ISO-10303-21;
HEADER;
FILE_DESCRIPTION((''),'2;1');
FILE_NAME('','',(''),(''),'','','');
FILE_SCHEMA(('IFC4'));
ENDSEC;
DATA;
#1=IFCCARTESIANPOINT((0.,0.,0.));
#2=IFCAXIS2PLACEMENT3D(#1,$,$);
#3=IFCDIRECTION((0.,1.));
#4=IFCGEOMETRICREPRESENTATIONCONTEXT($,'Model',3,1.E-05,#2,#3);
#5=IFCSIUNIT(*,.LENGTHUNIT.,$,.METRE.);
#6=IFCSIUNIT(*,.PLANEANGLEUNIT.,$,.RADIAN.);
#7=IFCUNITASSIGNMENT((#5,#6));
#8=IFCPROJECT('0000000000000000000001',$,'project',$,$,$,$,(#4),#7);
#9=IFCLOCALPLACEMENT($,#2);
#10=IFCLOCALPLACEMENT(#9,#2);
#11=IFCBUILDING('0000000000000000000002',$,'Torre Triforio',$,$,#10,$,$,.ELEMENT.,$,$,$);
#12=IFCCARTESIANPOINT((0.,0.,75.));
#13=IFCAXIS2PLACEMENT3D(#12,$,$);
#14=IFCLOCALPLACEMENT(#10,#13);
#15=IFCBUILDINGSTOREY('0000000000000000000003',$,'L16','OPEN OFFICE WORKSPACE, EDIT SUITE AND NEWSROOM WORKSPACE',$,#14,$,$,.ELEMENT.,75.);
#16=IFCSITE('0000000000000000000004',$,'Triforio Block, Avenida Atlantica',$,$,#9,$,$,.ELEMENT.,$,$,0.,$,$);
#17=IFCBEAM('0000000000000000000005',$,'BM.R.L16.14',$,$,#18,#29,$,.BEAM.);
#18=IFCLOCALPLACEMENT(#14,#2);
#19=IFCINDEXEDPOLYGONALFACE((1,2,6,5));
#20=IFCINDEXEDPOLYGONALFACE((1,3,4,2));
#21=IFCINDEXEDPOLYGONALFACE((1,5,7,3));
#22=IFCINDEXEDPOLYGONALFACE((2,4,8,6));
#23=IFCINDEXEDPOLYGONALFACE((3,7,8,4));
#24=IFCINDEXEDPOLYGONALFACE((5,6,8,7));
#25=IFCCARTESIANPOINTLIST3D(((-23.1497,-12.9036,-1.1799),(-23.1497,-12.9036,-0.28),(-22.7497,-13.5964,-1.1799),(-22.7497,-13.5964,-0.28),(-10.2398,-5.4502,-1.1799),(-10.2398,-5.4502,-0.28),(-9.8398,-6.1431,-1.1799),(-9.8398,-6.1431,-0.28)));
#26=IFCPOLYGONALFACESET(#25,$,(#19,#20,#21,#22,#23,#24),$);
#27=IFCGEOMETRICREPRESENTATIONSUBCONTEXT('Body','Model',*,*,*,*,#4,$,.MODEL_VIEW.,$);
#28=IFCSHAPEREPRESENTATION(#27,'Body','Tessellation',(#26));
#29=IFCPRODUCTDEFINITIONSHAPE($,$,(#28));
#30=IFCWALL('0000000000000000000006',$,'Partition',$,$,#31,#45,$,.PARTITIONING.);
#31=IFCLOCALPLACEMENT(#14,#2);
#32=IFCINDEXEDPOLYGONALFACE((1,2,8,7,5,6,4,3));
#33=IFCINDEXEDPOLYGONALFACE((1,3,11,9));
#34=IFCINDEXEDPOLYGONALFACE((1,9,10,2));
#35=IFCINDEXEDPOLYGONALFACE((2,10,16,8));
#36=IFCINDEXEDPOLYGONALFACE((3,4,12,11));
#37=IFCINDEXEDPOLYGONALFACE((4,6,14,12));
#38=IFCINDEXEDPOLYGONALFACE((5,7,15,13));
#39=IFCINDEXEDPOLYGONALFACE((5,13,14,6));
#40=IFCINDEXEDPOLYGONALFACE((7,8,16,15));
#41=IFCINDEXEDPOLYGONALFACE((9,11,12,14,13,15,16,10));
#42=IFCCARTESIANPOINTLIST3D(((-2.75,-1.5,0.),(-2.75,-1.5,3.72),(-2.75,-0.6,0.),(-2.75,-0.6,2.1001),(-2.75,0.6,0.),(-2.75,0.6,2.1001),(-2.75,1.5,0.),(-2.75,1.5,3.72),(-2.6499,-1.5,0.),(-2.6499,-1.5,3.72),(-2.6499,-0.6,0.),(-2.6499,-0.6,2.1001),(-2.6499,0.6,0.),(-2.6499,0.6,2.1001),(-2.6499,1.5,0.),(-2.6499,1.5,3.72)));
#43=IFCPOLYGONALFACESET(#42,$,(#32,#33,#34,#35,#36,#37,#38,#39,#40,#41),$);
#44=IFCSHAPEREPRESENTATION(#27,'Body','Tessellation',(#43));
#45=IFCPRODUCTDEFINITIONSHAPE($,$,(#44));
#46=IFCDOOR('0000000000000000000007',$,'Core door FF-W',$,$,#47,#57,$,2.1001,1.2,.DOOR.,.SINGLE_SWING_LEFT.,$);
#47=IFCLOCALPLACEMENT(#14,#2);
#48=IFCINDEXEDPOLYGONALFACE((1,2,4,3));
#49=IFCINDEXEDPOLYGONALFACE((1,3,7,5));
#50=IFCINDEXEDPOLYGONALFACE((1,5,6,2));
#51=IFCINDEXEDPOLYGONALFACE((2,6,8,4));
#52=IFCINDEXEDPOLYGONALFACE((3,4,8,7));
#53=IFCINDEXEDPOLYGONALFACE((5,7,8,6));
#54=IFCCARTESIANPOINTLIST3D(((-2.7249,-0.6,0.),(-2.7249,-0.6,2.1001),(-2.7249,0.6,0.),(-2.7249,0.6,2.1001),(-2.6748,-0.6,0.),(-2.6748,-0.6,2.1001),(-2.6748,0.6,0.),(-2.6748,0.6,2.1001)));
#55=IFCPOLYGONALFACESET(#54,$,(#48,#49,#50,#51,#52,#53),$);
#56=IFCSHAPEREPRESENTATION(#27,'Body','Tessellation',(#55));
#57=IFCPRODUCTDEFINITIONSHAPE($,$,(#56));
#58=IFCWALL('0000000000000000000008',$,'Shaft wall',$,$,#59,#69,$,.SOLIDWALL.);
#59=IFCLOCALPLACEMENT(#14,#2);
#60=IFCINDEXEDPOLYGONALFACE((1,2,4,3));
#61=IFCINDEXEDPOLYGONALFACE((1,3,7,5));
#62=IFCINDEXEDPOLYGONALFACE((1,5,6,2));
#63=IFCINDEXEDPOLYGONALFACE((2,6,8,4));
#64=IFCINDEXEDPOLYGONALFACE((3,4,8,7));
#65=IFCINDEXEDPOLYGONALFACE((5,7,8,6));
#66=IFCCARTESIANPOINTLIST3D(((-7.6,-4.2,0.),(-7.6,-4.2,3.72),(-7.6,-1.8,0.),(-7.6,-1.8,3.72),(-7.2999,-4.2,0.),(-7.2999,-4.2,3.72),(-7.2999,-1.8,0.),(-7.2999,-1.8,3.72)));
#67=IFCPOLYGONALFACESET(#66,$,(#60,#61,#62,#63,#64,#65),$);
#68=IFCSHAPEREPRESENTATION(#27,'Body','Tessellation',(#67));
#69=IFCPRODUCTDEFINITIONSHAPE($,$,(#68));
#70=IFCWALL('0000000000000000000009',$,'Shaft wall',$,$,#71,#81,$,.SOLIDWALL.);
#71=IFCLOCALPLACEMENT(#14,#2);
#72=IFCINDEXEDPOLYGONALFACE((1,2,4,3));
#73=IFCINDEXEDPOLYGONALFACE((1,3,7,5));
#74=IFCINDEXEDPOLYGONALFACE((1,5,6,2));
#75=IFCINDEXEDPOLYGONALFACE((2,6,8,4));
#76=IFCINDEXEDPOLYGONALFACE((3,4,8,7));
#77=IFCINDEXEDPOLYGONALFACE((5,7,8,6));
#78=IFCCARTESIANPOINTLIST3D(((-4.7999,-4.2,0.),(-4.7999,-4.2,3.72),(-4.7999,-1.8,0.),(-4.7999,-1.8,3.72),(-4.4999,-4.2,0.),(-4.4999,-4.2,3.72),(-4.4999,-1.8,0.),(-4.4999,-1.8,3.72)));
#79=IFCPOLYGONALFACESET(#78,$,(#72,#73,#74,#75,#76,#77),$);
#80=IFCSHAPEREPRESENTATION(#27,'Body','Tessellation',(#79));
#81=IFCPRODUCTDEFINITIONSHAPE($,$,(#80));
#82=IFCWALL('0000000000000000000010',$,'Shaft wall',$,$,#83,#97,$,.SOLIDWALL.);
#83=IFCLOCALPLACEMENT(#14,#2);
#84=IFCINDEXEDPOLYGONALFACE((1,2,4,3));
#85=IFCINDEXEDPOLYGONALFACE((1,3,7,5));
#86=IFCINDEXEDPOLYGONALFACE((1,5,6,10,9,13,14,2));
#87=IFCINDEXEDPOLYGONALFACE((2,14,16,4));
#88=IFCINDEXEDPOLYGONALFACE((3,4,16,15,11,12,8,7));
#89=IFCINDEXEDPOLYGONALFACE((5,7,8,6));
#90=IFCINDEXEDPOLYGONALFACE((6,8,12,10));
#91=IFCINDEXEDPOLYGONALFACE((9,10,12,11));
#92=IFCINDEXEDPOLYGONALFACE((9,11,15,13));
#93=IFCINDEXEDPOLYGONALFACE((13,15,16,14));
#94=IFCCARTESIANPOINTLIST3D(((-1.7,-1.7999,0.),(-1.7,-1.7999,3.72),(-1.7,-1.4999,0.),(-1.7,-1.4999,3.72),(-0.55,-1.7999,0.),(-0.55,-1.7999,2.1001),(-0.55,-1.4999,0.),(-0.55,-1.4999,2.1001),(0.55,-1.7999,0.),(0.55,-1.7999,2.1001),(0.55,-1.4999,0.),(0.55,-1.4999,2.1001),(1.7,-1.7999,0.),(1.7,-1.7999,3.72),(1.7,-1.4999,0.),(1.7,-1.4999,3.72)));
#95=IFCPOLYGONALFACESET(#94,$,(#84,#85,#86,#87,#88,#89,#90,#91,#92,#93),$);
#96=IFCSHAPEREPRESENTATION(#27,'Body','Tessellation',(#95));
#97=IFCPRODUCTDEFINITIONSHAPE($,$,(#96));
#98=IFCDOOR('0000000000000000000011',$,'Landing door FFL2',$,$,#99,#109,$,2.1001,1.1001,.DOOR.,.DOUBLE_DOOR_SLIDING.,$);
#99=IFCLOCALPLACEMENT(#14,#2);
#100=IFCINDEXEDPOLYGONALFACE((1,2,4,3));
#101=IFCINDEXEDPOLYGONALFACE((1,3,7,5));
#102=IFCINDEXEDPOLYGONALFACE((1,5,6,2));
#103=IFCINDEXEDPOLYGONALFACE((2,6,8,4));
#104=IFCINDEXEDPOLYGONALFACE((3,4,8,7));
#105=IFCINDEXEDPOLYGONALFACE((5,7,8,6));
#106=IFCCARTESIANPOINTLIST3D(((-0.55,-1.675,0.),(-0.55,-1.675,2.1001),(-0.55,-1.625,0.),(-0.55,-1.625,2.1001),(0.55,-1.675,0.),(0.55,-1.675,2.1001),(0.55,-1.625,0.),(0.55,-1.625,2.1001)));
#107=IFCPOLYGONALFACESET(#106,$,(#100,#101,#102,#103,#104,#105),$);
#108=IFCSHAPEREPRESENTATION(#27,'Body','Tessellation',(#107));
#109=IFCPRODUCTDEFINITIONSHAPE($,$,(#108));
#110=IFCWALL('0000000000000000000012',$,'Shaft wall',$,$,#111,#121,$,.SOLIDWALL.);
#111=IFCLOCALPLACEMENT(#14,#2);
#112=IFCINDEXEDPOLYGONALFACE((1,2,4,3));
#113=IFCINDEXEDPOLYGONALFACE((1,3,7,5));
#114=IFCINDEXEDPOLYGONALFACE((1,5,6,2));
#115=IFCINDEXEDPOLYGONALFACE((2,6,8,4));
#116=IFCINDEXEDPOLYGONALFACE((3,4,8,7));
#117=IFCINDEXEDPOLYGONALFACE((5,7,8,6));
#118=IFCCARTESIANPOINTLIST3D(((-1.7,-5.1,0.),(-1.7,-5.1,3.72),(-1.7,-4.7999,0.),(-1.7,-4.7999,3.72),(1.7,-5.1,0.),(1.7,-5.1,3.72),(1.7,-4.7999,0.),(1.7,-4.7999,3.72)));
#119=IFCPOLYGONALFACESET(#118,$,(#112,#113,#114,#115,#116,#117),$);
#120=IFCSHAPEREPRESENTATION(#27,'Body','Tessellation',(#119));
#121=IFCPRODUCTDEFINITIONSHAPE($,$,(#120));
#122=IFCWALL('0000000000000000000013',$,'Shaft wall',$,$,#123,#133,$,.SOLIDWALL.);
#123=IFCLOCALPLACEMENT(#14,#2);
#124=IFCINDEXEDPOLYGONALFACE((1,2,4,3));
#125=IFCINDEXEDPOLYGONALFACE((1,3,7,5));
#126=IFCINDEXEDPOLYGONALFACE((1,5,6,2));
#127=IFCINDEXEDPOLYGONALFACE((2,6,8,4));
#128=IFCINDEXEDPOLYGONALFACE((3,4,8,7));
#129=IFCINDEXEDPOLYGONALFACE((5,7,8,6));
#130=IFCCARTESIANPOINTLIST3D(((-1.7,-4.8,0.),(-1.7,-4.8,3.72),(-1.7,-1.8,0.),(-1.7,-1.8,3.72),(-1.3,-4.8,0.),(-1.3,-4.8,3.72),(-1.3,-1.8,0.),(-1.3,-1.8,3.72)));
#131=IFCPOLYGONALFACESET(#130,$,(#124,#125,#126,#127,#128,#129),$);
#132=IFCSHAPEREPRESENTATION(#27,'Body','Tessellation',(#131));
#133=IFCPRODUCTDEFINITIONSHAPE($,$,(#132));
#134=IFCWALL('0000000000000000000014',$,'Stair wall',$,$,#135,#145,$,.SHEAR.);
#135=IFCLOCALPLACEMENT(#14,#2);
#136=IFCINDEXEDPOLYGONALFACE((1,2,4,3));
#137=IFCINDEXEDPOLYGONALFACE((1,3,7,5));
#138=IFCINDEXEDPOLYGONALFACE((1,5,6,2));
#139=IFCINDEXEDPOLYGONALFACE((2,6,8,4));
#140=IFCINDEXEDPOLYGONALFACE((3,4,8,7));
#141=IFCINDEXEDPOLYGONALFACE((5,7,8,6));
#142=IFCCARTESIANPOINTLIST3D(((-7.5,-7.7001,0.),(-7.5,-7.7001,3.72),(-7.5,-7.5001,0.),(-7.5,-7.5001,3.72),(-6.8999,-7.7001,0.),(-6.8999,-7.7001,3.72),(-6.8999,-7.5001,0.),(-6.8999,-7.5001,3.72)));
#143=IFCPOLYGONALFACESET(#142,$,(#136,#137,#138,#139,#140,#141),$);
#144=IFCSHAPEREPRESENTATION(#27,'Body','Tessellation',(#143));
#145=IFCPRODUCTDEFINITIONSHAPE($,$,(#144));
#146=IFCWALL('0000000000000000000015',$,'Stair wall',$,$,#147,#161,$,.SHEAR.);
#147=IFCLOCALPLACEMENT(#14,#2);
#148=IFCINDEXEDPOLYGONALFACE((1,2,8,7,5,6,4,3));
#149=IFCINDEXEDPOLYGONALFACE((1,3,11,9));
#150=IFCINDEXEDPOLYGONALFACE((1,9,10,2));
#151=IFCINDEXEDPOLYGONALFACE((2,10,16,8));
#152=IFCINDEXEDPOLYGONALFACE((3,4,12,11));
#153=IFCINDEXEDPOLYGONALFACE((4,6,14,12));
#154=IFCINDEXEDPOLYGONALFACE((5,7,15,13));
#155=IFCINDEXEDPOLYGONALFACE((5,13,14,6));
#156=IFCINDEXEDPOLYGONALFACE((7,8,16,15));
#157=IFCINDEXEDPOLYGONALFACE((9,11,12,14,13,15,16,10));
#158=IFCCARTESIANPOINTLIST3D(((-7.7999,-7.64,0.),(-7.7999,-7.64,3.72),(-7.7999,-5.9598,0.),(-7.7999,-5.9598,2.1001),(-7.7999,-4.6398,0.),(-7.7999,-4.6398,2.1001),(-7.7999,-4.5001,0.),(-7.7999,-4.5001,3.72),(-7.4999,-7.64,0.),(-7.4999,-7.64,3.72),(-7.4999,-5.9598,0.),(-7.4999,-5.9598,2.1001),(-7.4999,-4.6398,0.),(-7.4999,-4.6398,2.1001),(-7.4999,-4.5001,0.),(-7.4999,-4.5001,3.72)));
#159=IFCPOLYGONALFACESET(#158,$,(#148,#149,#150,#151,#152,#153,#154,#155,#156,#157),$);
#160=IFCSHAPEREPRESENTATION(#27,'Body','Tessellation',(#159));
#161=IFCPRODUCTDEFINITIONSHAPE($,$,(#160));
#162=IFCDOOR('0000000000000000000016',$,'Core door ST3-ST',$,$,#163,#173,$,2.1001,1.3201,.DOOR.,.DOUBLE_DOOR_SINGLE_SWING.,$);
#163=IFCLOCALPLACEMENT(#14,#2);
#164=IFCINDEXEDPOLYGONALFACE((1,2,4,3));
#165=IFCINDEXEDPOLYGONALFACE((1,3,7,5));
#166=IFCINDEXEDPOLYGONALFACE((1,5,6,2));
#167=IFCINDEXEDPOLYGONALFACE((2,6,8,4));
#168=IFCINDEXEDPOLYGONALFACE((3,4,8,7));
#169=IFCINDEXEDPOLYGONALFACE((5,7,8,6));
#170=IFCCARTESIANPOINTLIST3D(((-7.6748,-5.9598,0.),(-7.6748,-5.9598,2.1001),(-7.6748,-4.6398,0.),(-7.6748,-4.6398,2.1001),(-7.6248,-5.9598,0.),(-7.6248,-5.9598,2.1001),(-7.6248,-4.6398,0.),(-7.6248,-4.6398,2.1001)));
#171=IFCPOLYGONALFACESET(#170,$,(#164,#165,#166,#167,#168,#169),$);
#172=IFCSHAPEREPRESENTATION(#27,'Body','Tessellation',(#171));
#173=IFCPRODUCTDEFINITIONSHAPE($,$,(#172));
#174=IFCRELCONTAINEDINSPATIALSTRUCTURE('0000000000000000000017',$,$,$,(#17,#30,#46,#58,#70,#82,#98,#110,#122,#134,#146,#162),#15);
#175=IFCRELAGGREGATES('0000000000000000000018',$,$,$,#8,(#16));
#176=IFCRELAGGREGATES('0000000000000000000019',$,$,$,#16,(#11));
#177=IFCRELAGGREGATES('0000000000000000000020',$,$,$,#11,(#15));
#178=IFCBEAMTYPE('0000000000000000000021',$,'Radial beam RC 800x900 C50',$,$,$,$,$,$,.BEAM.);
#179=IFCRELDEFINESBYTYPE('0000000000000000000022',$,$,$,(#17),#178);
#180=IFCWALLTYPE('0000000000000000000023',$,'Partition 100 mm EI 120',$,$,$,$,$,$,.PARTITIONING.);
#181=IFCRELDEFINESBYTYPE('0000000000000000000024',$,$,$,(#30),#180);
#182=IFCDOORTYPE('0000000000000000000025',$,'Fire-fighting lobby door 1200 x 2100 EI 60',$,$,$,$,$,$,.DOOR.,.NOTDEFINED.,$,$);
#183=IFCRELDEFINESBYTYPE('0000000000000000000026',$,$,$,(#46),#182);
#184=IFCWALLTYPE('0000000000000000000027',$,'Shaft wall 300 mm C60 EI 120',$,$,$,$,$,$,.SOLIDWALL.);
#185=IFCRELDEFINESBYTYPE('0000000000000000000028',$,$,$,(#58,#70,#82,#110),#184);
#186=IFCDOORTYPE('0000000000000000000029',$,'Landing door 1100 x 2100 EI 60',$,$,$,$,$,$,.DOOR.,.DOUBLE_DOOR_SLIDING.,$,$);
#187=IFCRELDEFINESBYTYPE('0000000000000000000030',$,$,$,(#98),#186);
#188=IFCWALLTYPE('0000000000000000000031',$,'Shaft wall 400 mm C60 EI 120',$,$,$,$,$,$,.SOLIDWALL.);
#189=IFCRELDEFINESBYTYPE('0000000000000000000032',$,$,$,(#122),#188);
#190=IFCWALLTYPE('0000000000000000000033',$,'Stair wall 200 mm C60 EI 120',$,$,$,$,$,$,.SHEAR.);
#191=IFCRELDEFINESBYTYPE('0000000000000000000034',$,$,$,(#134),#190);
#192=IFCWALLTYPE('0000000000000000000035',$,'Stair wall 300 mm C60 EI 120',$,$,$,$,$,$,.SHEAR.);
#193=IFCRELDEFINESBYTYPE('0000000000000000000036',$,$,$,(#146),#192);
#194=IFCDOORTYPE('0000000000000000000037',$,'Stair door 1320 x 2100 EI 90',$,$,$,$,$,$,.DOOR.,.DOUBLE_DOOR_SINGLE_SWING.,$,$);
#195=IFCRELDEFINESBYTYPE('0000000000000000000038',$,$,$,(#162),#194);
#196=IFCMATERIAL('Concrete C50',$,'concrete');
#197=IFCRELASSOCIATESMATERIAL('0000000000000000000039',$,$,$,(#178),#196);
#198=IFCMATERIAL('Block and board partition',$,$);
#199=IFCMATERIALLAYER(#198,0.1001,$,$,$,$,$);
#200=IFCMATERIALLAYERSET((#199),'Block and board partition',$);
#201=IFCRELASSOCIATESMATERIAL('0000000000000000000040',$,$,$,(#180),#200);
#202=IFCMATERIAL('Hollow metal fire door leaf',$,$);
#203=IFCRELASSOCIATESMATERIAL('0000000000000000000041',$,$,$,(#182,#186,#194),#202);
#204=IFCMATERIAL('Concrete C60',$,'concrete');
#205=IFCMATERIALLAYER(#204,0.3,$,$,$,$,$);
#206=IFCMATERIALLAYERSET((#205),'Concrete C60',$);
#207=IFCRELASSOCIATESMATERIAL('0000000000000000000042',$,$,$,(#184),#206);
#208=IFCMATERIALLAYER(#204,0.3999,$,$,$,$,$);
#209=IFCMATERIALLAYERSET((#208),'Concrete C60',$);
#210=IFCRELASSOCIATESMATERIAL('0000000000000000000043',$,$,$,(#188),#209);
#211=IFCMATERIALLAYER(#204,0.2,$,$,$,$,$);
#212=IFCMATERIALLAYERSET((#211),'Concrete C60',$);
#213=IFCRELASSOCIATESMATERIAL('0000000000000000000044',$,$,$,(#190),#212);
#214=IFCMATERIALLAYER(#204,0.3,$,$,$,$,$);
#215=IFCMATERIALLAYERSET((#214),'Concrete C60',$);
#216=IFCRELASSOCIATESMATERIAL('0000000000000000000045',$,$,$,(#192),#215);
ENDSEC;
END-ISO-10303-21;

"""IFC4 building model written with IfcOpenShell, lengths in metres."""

from ifc_helpers import new_model, si_unit, direction, frame, frame_2d, origin, origin_2d, place, context, subcontext, project, spatial, rectangle, extrude, material, layer, layer_set, material_profile, profile_set, type_object, element, fill, save


model = new_model("IFC4")

# Units and contexts
model_context = context("Model", 3, precision=1e-05, world=origin(), true_north=direction((0.0, 1.0)))
body_context = subcontext(model_context, "Body", "Model", "MODEL_VIEW")
ifc_project = project(units=[si_unit("LENGTHUNIT", "METRE"), si_unit("PLANEANGLEUNIT", "RADIAN")], contexts=[model_context])

# Site, building, storey
site_placement = place(None, origin())
site = spatial("IfcSite", under=ifc_project, at=site_placement, Name="Triforio Block, Avenida Atlantica", CompositionType="ELEMENT", RefElevation=0.0)
building_placement = place(site_placement, origin())
building = spatial("IfcBuilding", under=site, at=building_placement, Name="Torre Triforio", CompositionType="ELEMENT")
storey_placement = place(building_placement, frame((0.0, 0.0, 75.0)))
storey = spatial("IfcBuildingStorey", under=building, at=storey_placement, Name="L16", Description="OPEN OFFICE WORKSPACE, EDIT SUITE AND NEWSROOM WORKSPACE", CompositionType="ELEMENT", Elevation=75.0)

# Beam
ifc_material_1 = material(Name="Concrete C50", Category="concrete")
ifc_material_profile = material_profile(ifc_material_1, rectangle(XDim=0.8, YDim=0.8999, at=origin_2d()), Name="RC 800x900")
ifc_profile_set = profile_set([ifc_material_profile], Name="Concrete C50")
beam_type = type_object("IfcBeamType", Name="Radial beam RC 800x900 C50", PredefinedType="BEAM", material=ifc_profile_set)
beam_placement = place(storey_placement, frame((-10.0398, -5.7966, -0.73), z_axis=(-0.86603, -0.499991, 0.0), x_axis=(0.499991, -0.86603, 0.0)))
element("IfcBeam", 1, at=beam_placement, inside=storey, type_object=beam_type, Name="BM.R.L16.14", PredefinedType="BEAM", context=body_context, shape_type="SweptSolid", body=[
    extrude(rectangle(XDim=0.8, YDim=0.8999, at=origin_2d()), origin(), (0.0, 0.0, 1.0), 14.907),
])

# Wall, opening, door
ifc_material_2 = material(Name="Block and board partition")
ifc_layer_1 = layer(ifc_material_2, 0.1001)
ifc_layer_set_1 = layer_set([ifc_layer_1], Name="Block and board partition")
wall_type_1 = type_object("IfcWallType", Name="Partition 100 mm EI 120", PredefinedType="PARTITIONING", material=ifc_layer_set_1)
wall_1_placement = place(storey_placement, frame((-2.7, -1.5, 0.0), z_axis=(0.0, 0.0, 1.0), x_axis=(0.0, 1.0, 0.0)))
wall_1 = element("IfcWall", 2, at=wall_1_placement, inside=storey, type_object=wall_type_1, Name="Partition", PredefinedType="PARTITIONING", context=body_context, shape_type="SweptSolid", body=[
    extrude(rectangle(XDim=3.0, YDim=0.1001, at=frame_2d((1.5, 0.0))), origin(), (0.0, 0.0, 1.0), 3.72),
])
opening_1_placement = place(wall_1_placement, frame((0.8999, 0.0, 0.0)))
opening_1 = element("IfcOpeningElement", 3, at=opening_1_placement, cuts=wall_1, PredefinedType="OPENING", context=body_context, shape_type="SweptSolid", body=[
    extrude(rectangle(XDim=1.2, YDim=2.1001, at=frame_2d((0.6001, 1.05))), frame((0.0, 0.0601, 0.0), z_axis=(0.0, -1.0, 0.0), x_axis=(1.0, 0.0, 0.0)), (0.0, 0.0, 1.0), 0.1201),
])
ifc_material_3 = material(Name="Hollow metal fire door leaf")
door_type_1 = type_object("IfcDoorType", Name="Fire-fighting lobby door 1200 x 2100 EI 60", OperationType="NOTDEFINED", PredefinedType="DOOR", material=ifc_material_3)
door_1_placement = place(opening_1_placement, origin())
door_1 = element("IfcDoor", 4, at=door_1_placement, inside=storey, type_object=door_type_1, Name="Core door FF-W", OperationType="SINGLE_SWING_LEFT", OverallHeight=2.1001, OverallWidth=1.2, PredefinedType="DOOR", context=body_context, shape_type="SweptSolid", body=[
    extrude(rectangle(XDim=1.2, YDim=2.1001, at=frame_2d((0.6001, 1.05))), frame((0.0, 0.0249, 0.0), z_axis=(0.0, -1.0, 0.0), x_axis=(1.0, 0.0, 0.0)), (0.0, 0.0, 1.0), 0.05),
])
fill(opening_1, door_1)

# Walls
ifc_material_4 = material(Name="Concrete C60", Category="concrete")
ifc_layer_2 = layer(ifc_material_4, 0.3)
ifc_layer_set_2 = layer_set([ifc_layer_2], Name="Concrete C60")
wall_type_2 = type_object("IfcWallType", Name="Shaft wall 300 mm C60 EI 120", PredefinedType="SOLIDWALL", material=ifc_layer_set_2)
for number, where, z_axis, x_axis, name in (
    (5, (-7.45, -4.2, 0.0), (0.0, 0.0, 1.0), (0.0, 1.0, 0.0), "Shaft wall"),
    (6, (-4.6499, -4.2, 0.0), (0.0, 0.0, 1.0), (0.0, 1.0, 0.0), "Shaft wall"),
):
    element("IfcWall", number, at=place(storey_placement, frame(where, z_axis=z_axis, x_axis=x_axis)), inside=storey, type_object=wall_type_2, Name=name, PredefinedType="SOLIDWALL", context=body_context, shape_type="SweptSolid", body=[
        extrude(rectangle(XDim=2.3999, YDim=0.3, at=frame_2d((1.2, 0.0))), origin(), (0.0, 0.0, 1.0), 3.72),
    ])

# Wall, opening, door
wall_2_placement = place(storey_placement, frame((-1.7, -1.6499, 0.0), z_axis=(0.0, 0.0, 1.0), x_axis=(1.0, 0.0, 0.0)))
wall_2 = element("IfcWall", 7, at=wall_2_placement, inside=storey, type_object=wall_type_2, Name="Shaft wall", PredefinedType="SOLIDWALL", context=body_context, shape_type="SweptSolid", body=[
    extrude(rectangle(XDim=3.3999, YDim=0.3, at=frame_2d((1.7, 0.0))), origin(), (0.0, 0.0, 1.0), 3.72),
])
opening_2_placement = place(wall_2_placement, frame((1.1499, 0.0, 0.0)))
opening_2 = element("IfcOpeningElement", 8, at=opening_2_placement, cuts=wall_2, PredefinedType="OPENING", context=body_context, shape_type="SweptSolid", body=[
    extrude(rectangle(XDim=1.1001, YDim=2.1001, at=frame_2d((0.55, 1.05))), frame((0.0, 0.1599, 0.0), z_axis=(0.0, -1.0, 0.0), x_axis=(1.0, 0.0, 0.0)), (0.0, 0.0, 1.0), 0.3201),
])
door_type_2 = type_object("IfcDoorType", Name="Landing door 1100 x 2100 EI 60", OperationType="DOUBLE_DOOR_SLIDING", PredefinedType="DOOR", material=ifc_material_3)
door_2_placement = place(opening_2_placement, origin())
door_2 = element("IfcDoor", 9, at=door_2_placement, inside=storey, type_object=door_type_2, Name="Landing door FFL2", OperationType="DOUBLE_DOOR_SLIDING", OverallHeight=2.1001, OverallWidth=1.1001, PredefinedType="DOOR", context=body_context, shape_type="SweptSolid", body=[
    extrude(rectangle(XDim=1.1001, YDim=2.1001, at=frame_2d((0.55, 1.05))), frame((0.0, 0.0249, 0.0), z_axis=(0.0, -1.0, 0.0), x_axis=(1.0, 0.0, 0.0)), (0.0, 0.0, 1.0), 0.05),
])
fill(opening_2, door_2)

# Walls
wall_3_placement = place(storey_placement, frame((-1.7, -4.95, 0.0), z_axis=(0.0, 0.0, 1.0), x_axis=(1.0, 0.0, 0.0)))
element("IfcWall", 10, at=wall_3_placement, inside=storey, type_object=wall_type_2, Name="Shaft wall", PredefinedType="SOLIDWALL", context=body_context, shape_type="SweptSolid", body=[
    extrude(rectangle(XDim=3.3999, YDim=0.3, at=frame_2d((1.7, 0.0))), origin(), (0.0, 0.0, 1.0), 3.72),
])
ifc_layer_3 = layer(ifc_material_4, 0.3999)
ifc_layer_set_3 = layer_set([ifc_layer_3], Name="Concrete C60")
wall_type_3 = type_object("IfcWallType", Name="Shaft wall 400 mm C60 EI 120", PredefinedType="SOLIDWALL", material=ifc_layer_set_3)
wall_4_placement = place(storey_placement, frame((-1.5, -4.8, 0.0), z_axis=(0.0, 0.0, 1.0), x_axis=(0.0, 1.0, 0.0)))
element("IfcWall", 11, at=wall_4_placement, inside=storey, type_object=wall_type_3, Name="Shaft wall", PredefinedType="SOLIDWALL", context=body_context, shape_type="SweptSolid", body=[
    extrude(rectangle(XDim=3.0, YDim=0.3999, at=frame_2d((1.5, 0.0))), origin(), (0.0, 0.0, 1.0), 3.72),
])
ifc_layer_4 = layer(ifc_material_4, 0.2)
ifc_layer_set_4 = layer_set([ifc_layer_4], Name="Concrete C60")
wall_type_4 = type_object("IfcWallType", Name="Stair wall 200 mm C60 EI 120", PredefinedType="SHEAR", material=ifc_layer_set_4)
wall_5_placement = place(storey_placement, frame((-7.5, -7.6001, 0.0), z_axis=(0.0, 0.0, 1.0), x_axis=(1.0, 0.0, 0.0)))
element("IfcWall", 12, at=wall_5_placement, inside=storey, type_object=wall_type_4, Name="Stair wall", PredefinedType="SHEAR", context=body_context, shape_type="SweptSolid", body=[
    extrude(rectangle(XDim=0.6001, YDim=0.2, at=frame_2d((0.3, 0.0))), origin(), (0.0, 0.0, 1.0), 3.72),
])

# Wall, opening, door
ifc_layer_5 = layer(ifc_material_4, 0.3)
ifc_layer_set_5 = layer_set([ifc_layer_5], Name="Concrete C60")
wall_type_5 = type_object("IfcWallType", Name="Stair wall 300 mm C60 EI 120", PredefinedType="SHEAR", material=ifc_layer_set_5)
wall_6_placement = place(storey_placement, frame((-7.6499, -7.6399, 0.0), z_axis=(0.0, 0.0, 1.0), x_axis=(0.0, 1.0, 0.0)))
wall_6 = element("IfcWall", 13, at=wall_6_placement, inside=storey, type_object=wall_type_5, Name="Stair wall", PredefinedType="SHEAR", context=body_context, shape_type="SweptSolid", body=[
    extrude(rectangle(XDim=3.1399, YDim=0.3, at=frame_2d((1.5698, 0.0))), origin(), (0.0, 0.0, 1.0), 3.72),
])
opening_3_placement = place(wall_6_placement, frame((1.6799, 0.0, 0.0)))
opening_3 = element("IfcOpeningElement", 14, at=opening_3_placement, cuts=wall_6, PredefinedType="OPENING", context=body_context, shape_type="SweptSolid", body=[
    extrude(rectangle(XDim=1.3201, YDim=2.1001, at=frame_2d((0.6602, 1.05))), frame((0.0, 0.1599, 0.0), z_axis=(0.0, -1.0, 0.0), x_axis=(1.0, 0.0, 0.0)), (0.0, 0.0, 1.0), 0.3201),
])
door_type_3 = type_object("IfcDoorType", Name="Stair door 1320 x 2100 EI 90", OperationType="DOUBLE_DOOR_SINGLE_SWING", PredefinedType="DOOR", material=ifc_material_3)
door_3_placement = place(opening_3_placement, origin())
door_3 = element("IfcDoor", 15, at=door_3_placement, inside=storey, type_object=door_type_3, Name="Core door ST3-ST", OperationType="DOUBLE_DOOR_SINGLE_SWING", OverallHeight=2.1001, OverallWidth=1.3201, PredefinedType="DOOR", context=body_context, shape_type="SweptSolid", body=[
    extrude(rectangle(XDim=1.3201, YDim=2.1001, at=frame_2d((0.6602, 1.05))), frame((0.0, 0.0249, 0.0), z_axis=(0.0, -1.0, 0.0), x_axis=(1.0, 0.0, 0.0)), (0.0, 0.0, 1.0), 0.05),
])
fill(opening_3, door_3)

save(model, "model.ifc")
